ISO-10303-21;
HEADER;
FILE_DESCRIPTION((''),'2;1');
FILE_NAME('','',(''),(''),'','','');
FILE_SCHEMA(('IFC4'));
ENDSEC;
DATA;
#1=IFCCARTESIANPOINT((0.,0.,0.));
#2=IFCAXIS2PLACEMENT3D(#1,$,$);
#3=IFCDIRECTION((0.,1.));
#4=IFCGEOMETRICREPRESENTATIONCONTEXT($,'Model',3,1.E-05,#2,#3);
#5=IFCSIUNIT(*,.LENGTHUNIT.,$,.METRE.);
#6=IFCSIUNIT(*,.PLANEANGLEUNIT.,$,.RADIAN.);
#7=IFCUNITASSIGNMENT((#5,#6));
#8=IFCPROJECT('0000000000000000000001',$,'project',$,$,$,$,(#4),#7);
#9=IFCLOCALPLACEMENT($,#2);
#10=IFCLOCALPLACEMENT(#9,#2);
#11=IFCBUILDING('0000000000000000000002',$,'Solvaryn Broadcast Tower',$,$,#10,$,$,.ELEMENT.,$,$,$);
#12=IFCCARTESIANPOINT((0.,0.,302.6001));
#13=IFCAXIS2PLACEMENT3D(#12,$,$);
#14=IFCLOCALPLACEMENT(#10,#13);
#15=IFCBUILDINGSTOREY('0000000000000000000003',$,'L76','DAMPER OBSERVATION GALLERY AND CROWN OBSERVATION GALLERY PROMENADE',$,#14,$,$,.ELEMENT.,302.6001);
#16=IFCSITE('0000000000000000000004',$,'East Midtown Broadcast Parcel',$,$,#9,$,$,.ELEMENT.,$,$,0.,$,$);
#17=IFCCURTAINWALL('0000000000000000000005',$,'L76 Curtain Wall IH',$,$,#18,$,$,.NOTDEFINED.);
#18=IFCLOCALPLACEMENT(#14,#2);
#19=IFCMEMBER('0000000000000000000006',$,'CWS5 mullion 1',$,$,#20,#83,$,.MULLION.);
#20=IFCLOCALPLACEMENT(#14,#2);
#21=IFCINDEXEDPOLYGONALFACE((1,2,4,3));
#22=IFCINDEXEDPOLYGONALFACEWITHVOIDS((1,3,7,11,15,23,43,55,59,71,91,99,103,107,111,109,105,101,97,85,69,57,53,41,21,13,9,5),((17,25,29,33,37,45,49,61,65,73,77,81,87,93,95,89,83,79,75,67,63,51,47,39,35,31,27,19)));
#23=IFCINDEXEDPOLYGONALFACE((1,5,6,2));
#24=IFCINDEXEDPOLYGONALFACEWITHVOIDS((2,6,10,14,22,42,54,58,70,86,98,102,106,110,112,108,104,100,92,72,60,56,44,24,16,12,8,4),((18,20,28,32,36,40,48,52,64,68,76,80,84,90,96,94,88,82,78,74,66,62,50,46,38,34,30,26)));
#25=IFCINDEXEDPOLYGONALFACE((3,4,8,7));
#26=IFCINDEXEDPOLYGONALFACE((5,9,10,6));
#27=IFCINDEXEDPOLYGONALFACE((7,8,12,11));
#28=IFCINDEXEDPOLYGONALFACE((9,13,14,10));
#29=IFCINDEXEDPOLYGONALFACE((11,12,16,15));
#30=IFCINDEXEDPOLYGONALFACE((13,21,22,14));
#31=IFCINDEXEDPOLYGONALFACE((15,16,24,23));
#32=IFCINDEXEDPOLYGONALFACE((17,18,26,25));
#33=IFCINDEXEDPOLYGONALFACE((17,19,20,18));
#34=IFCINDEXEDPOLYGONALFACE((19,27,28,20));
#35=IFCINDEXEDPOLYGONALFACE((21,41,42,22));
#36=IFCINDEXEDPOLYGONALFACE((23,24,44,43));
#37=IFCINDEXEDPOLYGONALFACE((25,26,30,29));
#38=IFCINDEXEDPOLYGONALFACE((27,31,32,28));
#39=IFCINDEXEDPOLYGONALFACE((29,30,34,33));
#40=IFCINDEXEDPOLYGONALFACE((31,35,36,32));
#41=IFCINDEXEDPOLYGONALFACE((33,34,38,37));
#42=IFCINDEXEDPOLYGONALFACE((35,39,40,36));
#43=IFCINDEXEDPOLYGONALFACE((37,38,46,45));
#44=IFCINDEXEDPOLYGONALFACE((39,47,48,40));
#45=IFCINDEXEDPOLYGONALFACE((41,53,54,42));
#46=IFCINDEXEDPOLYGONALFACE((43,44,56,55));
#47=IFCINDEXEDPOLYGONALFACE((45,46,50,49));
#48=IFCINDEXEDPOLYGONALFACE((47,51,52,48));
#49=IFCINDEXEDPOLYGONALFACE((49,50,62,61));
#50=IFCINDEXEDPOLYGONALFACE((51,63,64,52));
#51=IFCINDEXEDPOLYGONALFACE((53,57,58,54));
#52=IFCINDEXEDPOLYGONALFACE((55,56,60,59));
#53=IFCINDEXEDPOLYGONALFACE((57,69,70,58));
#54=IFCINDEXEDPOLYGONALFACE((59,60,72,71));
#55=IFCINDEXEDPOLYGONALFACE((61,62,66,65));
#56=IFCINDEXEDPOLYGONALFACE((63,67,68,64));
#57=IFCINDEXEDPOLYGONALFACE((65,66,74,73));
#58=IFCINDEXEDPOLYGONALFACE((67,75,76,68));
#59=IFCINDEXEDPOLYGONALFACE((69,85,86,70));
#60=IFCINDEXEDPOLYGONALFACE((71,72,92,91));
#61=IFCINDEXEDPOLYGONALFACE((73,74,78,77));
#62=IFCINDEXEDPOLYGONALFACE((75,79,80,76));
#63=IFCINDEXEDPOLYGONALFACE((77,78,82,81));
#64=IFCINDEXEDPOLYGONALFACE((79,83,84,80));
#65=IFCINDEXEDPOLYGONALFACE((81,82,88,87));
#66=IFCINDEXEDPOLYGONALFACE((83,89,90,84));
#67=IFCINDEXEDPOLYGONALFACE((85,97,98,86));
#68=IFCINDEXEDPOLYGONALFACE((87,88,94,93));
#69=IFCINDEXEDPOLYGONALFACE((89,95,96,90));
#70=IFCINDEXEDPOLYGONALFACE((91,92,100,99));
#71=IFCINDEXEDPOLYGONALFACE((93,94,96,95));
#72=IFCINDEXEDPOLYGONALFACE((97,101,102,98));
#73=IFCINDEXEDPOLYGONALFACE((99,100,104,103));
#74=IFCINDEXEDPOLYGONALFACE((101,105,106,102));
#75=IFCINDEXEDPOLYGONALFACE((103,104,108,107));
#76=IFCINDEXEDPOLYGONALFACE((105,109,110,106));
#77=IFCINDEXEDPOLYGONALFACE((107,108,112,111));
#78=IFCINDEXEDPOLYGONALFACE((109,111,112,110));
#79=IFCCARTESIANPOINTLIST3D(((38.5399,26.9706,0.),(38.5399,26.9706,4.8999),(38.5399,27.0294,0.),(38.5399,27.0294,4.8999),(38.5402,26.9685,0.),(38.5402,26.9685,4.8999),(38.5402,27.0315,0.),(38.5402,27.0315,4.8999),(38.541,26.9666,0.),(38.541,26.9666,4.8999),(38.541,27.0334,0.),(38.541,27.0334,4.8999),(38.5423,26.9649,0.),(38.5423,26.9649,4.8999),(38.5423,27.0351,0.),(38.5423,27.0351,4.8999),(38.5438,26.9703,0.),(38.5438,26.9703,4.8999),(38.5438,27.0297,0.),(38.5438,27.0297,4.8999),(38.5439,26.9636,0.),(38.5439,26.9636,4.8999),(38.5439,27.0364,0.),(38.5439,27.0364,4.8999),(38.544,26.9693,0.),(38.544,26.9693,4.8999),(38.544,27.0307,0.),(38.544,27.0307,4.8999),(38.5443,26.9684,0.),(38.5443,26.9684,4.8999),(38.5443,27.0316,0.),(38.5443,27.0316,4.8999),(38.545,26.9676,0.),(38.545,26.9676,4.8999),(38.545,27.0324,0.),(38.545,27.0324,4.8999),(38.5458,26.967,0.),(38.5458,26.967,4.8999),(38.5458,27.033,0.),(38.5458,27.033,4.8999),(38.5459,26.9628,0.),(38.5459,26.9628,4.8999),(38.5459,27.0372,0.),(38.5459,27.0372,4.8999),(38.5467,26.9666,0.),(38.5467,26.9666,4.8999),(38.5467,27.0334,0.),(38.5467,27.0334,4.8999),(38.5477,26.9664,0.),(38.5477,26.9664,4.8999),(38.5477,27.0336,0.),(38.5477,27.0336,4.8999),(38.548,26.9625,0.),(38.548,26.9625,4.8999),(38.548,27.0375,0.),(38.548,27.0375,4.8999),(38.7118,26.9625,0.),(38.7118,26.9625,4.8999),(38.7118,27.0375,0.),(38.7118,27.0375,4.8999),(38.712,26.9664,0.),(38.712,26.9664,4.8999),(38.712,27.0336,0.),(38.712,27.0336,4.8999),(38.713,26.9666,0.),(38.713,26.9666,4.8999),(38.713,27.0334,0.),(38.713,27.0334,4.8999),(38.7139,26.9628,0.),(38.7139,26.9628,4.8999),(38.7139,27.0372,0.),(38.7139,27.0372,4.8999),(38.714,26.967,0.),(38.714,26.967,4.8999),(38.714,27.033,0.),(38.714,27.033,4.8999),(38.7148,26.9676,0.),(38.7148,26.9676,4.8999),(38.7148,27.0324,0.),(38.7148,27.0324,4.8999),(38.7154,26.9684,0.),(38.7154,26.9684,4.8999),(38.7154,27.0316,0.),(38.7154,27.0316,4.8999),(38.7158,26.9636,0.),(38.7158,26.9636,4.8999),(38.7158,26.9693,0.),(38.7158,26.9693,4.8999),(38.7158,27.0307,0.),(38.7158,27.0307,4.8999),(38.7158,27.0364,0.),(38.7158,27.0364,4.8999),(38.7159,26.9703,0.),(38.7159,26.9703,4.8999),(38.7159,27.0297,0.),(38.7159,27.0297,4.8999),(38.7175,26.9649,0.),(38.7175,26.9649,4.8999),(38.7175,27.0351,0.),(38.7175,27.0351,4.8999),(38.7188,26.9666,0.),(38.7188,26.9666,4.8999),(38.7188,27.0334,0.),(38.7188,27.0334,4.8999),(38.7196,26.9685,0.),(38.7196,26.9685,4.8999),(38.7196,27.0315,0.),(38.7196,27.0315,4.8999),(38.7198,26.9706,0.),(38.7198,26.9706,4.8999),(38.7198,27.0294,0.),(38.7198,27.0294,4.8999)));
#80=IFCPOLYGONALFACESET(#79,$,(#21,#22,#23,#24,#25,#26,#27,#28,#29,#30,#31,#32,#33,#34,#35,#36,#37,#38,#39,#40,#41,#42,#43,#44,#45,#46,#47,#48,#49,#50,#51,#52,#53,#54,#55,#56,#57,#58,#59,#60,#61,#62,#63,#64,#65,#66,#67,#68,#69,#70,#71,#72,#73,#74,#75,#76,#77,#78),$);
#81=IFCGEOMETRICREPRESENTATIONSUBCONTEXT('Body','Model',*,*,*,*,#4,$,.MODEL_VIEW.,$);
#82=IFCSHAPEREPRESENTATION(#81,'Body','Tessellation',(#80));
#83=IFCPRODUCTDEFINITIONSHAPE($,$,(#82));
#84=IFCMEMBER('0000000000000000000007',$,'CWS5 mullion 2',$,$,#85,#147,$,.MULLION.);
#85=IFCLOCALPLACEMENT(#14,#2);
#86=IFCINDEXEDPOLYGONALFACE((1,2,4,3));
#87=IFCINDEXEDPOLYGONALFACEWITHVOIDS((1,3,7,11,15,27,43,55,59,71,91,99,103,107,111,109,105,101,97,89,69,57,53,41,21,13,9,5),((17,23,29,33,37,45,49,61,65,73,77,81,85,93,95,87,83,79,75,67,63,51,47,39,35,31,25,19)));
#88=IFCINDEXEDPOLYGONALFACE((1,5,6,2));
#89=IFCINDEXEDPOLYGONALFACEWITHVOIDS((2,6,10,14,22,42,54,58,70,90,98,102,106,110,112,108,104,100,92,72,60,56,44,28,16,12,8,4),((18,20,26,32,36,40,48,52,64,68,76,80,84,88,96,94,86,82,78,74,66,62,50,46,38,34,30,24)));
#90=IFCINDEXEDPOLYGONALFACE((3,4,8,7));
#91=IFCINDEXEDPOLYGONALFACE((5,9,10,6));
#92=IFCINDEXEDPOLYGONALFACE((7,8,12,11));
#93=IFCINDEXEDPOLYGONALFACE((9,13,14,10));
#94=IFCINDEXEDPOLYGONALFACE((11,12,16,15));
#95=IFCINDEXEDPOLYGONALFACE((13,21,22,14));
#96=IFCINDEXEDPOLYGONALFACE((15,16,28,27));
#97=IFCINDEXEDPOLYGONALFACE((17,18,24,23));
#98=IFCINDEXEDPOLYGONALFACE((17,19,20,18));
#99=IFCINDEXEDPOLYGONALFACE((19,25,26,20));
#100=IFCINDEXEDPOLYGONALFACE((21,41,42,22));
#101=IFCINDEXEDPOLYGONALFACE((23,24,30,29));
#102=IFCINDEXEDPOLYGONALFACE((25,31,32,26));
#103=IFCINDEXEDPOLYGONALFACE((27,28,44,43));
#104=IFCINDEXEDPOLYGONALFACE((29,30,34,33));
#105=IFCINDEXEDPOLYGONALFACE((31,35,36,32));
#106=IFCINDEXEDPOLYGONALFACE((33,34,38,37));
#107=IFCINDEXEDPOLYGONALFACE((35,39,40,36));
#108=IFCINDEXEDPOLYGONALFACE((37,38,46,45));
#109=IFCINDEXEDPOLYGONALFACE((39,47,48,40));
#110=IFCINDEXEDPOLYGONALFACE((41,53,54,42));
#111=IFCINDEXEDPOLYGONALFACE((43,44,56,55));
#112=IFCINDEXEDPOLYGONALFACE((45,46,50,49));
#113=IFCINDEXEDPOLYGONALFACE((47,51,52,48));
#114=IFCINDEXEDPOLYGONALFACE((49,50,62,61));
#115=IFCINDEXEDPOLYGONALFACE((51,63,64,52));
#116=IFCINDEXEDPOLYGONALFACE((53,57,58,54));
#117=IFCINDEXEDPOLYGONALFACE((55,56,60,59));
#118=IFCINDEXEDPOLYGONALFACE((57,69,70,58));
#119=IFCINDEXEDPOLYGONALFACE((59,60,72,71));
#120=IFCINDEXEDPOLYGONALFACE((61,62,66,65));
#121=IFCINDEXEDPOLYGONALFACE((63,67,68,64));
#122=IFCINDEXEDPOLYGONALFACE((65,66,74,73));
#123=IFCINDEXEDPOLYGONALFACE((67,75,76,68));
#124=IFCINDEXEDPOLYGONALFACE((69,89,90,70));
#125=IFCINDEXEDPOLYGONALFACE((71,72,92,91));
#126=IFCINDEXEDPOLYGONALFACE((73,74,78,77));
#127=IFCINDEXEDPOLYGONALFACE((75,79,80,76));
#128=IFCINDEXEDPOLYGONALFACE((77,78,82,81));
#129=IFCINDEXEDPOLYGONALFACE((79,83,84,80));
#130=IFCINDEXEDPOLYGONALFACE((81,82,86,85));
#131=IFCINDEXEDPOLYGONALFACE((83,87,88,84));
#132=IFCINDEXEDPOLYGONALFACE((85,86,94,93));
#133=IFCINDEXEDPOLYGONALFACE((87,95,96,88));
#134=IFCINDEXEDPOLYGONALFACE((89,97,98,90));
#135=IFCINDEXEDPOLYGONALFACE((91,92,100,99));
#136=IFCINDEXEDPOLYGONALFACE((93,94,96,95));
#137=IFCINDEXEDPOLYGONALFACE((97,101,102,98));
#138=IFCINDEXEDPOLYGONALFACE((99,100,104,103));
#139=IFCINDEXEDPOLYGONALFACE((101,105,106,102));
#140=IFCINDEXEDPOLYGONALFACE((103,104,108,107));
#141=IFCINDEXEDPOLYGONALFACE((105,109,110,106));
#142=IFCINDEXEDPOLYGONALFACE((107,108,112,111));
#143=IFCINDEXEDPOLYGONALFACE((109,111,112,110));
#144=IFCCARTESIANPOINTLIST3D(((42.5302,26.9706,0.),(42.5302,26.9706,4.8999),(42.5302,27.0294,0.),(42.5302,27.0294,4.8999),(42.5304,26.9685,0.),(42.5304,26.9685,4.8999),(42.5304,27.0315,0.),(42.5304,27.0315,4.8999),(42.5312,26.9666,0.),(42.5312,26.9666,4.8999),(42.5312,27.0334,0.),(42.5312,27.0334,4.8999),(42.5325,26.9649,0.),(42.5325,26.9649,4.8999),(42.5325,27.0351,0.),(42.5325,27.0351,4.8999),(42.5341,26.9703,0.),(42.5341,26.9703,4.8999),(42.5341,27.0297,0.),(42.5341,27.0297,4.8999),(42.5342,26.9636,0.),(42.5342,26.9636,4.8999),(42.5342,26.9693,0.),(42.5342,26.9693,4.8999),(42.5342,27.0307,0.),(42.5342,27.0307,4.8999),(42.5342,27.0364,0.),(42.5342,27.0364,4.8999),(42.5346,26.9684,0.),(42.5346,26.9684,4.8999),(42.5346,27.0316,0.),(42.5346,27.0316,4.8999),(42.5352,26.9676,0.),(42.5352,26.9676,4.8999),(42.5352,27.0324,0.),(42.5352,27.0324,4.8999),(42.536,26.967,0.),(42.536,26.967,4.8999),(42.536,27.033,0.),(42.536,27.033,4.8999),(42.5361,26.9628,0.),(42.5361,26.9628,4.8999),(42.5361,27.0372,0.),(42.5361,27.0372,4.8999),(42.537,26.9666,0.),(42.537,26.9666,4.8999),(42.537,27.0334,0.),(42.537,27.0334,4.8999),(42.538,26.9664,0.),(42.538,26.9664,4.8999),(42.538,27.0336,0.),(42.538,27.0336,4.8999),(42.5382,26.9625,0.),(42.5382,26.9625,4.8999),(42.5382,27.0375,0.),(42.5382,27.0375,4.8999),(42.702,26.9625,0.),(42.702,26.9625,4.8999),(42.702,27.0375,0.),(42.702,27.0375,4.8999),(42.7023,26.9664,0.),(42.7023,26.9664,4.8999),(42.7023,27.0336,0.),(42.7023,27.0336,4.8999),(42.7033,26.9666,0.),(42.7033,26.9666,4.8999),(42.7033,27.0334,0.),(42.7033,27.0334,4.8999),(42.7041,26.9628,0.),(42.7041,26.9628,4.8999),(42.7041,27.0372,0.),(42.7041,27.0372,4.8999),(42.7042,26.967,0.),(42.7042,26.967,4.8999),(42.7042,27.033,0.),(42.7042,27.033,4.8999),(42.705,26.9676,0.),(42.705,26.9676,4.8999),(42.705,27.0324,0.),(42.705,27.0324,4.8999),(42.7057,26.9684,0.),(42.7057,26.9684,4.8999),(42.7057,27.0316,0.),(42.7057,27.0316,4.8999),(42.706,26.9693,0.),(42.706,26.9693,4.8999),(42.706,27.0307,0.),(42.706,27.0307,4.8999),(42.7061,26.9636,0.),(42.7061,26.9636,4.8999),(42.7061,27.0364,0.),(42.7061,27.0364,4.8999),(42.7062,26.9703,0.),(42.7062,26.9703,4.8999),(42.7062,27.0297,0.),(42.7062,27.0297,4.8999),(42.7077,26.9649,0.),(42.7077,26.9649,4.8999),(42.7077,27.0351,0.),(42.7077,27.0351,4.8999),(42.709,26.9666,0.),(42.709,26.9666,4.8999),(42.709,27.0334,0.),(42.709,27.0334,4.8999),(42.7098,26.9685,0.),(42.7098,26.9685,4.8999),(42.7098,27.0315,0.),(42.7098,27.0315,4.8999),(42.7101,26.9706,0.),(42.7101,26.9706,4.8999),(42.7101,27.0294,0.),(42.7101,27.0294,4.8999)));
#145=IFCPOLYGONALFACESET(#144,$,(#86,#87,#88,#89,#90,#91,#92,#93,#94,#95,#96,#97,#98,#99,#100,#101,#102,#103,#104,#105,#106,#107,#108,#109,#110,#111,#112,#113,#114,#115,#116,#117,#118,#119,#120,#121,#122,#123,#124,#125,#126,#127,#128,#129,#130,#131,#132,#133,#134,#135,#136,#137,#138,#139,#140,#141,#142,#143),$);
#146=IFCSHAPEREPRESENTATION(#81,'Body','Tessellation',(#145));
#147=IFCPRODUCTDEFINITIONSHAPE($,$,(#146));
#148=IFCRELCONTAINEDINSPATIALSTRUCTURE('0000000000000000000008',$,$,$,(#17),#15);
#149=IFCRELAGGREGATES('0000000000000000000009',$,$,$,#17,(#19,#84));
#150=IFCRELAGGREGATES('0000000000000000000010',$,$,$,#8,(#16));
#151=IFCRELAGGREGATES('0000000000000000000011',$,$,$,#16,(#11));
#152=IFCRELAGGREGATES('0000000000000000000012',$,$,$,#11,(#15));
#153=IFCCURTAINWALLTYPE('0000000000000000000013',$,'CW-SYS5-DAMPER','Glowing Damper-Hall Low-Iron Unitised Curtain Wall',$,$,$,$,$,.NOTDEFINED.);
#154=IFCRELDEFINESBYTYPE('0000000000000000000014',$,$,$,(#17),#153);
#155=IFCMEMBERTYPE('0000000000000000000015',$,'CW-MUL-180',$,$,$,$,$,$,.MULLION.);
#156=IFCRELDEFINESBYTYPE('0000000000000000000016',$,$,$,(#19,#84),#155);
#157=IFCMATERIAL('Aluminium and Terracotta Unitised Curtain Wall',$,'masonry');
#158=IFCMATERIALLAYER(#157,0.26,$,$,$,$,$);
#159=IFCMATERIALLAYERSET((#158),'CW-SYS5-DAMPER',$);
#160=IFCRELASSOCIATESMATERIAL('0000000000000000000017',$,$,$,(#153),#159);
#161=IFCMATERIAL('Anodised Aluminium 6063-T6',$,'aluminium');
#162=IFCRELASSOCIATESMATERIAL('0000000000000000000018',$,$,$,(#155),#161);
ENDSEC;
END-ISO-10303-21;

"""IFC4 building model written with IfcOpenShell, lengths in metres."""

from ifc_helpers import new_model, si_unit, direction, frame, origin, origin_2d, place, context, subcontext, project, spatial, hollow_rectangle, extrude, material, layer, layer_set, material_profile, profile_set, type_object, element, aggregate, save


model = new_model("IFC4")

# Units and contexts
model_context = context("Model", 3, precision=1e-05, world=origin(), true_north=direction((0.0, 1.0)))
body_context = subcontext(model_context, "Body", "Model", "MODEL_VIEW")
ifc_project = project(units=[si_unit("LENGTHUNIT", "METRE"), si_unit("PLANEANGLEUNIT", "RADIAN")], contexts=[model_context])

# Site, building, storey
site_placement = place(None, origin())
site = spatial("IfcSite", under=ifc_project, at=site_placement, Name="East Midtown Broadcast Parcel", CompositionType="ELEMENT", RefElevation=0.0)
building_placement = place(site_placement, origin())
building = spatial("IfcBuilding", under=site, at=building_placement, Name="Solvaryn Broadcast Tower", CompositionType="ELEMENT")
storey_placement = place(building_placement, frame((0.0, 0.0, 302.6001)))
storey = spatial("IfcBuildingStorey", under=building, at=storey_placement, Name="L76", Description="DAMPER OBSERVATION GALLERY AND CROWN OBSERVATION GALLERY PROMENADE", CompositionType="ELEMENT", Elevation=302.6001)

# Shared definitions
ifc_material_1 = material(Name="Aluminium and Terracotta Unitised Curtain Wall", Category="masonry")
ifc_layer_1 = layer(ifc_material_1, 0.26)
ifc_layer_set_1 = layer_set([ifc_layer_1], Name="CW-SYS5-DAMPER")
curtain_wall_type = type_object("IfcCurtainWallType", Name="CW-SYS5-DAMPER", Description="Glowing Damper-Hall Low-Iron Unitised Curtain Wall", PredefinedType="NOTDEFINED", material=ifc_layer_set_1)
ifc_material_2 = material(Name="Anodised Aluminium 6063-T6", Category="aluminium")
ifc_material_profile_1 = material_profile(ifc_material_2, hollow_rectangle(XDim=0.075, YDim=0.1799, WallThickness=0.0039, InnerFilletRadius=0.0039, OuterFilletRadius=0.0081, at=origin_2d()))
ifc_profile_set_1 = profile_set([ifc_material_profile_1], Name="Anodised Aluminium 6063-T6")
member_type_1 = type_object("IfcMemberType", Name="CW-MUL-180", PredefinedType="MULLION", material=ifc_profile_set_1)

# Curtain wall, members
curtain_wall_1_placement = place(storey_placement, origin())
curtain_wall_1 = element("IfcCurtainWall", 1, at=curtain_wall_1_placement, inside=storey, type_object=curtain_wall_type, Name="L76 Curtain Wall IH", PredefinedType="NOTDEFINED")
member_1_placement = place(storey_placement, frame((38.6299, 27.0, 0.0), z_axis=(0.0, 0.0, 1.0), x_axis=(0.0, 1.0, 0.0)))
member_1 = element("IfcMember", 2, at=member_1_placement, type_object=member_type_1, Name="CWS5 mullion 1", PredefinedType="MULLION", context=body_context, shape_type="SweptSolid", body=[
    extrude(hollow_rectangle(XDim=0.075, YDim=0.1799, WallThickness=0.0039, InnerFilletRadius=0.0039, OuterFilletRadius=0.0081, at=origin_2d()), origin(), (0.0, 0.0, 1.0), 4.8999),
])
member_2_placement = place(storey_placement, frame((42.6201, 27.0, 0.0), z_axis=(0.0, 0.0, 1.0), x_axis=(0.0, 1.0, 0.0)))
member_2 = element("IfcMember", 3, at=member_2_placement, type_object=member_type_1, Name="CWS5 mullion 2", PredefinedType="MULLION", context=body_context, shape_type="SweptSolid", body=[
    extrude(hollow_rectangle(XDim=0.075, YDim=0.1799, WallThickness=0.0039, InnerFilletRadius=0.0039, OuterFilletRadius=0.0081, at=origin_2d()), origin(), (0.0, 0.0, 1.0), 4.8999),
])

aggregate(curtain_wall_1, [member_1, member_2])

save(model, "model.ifc")
